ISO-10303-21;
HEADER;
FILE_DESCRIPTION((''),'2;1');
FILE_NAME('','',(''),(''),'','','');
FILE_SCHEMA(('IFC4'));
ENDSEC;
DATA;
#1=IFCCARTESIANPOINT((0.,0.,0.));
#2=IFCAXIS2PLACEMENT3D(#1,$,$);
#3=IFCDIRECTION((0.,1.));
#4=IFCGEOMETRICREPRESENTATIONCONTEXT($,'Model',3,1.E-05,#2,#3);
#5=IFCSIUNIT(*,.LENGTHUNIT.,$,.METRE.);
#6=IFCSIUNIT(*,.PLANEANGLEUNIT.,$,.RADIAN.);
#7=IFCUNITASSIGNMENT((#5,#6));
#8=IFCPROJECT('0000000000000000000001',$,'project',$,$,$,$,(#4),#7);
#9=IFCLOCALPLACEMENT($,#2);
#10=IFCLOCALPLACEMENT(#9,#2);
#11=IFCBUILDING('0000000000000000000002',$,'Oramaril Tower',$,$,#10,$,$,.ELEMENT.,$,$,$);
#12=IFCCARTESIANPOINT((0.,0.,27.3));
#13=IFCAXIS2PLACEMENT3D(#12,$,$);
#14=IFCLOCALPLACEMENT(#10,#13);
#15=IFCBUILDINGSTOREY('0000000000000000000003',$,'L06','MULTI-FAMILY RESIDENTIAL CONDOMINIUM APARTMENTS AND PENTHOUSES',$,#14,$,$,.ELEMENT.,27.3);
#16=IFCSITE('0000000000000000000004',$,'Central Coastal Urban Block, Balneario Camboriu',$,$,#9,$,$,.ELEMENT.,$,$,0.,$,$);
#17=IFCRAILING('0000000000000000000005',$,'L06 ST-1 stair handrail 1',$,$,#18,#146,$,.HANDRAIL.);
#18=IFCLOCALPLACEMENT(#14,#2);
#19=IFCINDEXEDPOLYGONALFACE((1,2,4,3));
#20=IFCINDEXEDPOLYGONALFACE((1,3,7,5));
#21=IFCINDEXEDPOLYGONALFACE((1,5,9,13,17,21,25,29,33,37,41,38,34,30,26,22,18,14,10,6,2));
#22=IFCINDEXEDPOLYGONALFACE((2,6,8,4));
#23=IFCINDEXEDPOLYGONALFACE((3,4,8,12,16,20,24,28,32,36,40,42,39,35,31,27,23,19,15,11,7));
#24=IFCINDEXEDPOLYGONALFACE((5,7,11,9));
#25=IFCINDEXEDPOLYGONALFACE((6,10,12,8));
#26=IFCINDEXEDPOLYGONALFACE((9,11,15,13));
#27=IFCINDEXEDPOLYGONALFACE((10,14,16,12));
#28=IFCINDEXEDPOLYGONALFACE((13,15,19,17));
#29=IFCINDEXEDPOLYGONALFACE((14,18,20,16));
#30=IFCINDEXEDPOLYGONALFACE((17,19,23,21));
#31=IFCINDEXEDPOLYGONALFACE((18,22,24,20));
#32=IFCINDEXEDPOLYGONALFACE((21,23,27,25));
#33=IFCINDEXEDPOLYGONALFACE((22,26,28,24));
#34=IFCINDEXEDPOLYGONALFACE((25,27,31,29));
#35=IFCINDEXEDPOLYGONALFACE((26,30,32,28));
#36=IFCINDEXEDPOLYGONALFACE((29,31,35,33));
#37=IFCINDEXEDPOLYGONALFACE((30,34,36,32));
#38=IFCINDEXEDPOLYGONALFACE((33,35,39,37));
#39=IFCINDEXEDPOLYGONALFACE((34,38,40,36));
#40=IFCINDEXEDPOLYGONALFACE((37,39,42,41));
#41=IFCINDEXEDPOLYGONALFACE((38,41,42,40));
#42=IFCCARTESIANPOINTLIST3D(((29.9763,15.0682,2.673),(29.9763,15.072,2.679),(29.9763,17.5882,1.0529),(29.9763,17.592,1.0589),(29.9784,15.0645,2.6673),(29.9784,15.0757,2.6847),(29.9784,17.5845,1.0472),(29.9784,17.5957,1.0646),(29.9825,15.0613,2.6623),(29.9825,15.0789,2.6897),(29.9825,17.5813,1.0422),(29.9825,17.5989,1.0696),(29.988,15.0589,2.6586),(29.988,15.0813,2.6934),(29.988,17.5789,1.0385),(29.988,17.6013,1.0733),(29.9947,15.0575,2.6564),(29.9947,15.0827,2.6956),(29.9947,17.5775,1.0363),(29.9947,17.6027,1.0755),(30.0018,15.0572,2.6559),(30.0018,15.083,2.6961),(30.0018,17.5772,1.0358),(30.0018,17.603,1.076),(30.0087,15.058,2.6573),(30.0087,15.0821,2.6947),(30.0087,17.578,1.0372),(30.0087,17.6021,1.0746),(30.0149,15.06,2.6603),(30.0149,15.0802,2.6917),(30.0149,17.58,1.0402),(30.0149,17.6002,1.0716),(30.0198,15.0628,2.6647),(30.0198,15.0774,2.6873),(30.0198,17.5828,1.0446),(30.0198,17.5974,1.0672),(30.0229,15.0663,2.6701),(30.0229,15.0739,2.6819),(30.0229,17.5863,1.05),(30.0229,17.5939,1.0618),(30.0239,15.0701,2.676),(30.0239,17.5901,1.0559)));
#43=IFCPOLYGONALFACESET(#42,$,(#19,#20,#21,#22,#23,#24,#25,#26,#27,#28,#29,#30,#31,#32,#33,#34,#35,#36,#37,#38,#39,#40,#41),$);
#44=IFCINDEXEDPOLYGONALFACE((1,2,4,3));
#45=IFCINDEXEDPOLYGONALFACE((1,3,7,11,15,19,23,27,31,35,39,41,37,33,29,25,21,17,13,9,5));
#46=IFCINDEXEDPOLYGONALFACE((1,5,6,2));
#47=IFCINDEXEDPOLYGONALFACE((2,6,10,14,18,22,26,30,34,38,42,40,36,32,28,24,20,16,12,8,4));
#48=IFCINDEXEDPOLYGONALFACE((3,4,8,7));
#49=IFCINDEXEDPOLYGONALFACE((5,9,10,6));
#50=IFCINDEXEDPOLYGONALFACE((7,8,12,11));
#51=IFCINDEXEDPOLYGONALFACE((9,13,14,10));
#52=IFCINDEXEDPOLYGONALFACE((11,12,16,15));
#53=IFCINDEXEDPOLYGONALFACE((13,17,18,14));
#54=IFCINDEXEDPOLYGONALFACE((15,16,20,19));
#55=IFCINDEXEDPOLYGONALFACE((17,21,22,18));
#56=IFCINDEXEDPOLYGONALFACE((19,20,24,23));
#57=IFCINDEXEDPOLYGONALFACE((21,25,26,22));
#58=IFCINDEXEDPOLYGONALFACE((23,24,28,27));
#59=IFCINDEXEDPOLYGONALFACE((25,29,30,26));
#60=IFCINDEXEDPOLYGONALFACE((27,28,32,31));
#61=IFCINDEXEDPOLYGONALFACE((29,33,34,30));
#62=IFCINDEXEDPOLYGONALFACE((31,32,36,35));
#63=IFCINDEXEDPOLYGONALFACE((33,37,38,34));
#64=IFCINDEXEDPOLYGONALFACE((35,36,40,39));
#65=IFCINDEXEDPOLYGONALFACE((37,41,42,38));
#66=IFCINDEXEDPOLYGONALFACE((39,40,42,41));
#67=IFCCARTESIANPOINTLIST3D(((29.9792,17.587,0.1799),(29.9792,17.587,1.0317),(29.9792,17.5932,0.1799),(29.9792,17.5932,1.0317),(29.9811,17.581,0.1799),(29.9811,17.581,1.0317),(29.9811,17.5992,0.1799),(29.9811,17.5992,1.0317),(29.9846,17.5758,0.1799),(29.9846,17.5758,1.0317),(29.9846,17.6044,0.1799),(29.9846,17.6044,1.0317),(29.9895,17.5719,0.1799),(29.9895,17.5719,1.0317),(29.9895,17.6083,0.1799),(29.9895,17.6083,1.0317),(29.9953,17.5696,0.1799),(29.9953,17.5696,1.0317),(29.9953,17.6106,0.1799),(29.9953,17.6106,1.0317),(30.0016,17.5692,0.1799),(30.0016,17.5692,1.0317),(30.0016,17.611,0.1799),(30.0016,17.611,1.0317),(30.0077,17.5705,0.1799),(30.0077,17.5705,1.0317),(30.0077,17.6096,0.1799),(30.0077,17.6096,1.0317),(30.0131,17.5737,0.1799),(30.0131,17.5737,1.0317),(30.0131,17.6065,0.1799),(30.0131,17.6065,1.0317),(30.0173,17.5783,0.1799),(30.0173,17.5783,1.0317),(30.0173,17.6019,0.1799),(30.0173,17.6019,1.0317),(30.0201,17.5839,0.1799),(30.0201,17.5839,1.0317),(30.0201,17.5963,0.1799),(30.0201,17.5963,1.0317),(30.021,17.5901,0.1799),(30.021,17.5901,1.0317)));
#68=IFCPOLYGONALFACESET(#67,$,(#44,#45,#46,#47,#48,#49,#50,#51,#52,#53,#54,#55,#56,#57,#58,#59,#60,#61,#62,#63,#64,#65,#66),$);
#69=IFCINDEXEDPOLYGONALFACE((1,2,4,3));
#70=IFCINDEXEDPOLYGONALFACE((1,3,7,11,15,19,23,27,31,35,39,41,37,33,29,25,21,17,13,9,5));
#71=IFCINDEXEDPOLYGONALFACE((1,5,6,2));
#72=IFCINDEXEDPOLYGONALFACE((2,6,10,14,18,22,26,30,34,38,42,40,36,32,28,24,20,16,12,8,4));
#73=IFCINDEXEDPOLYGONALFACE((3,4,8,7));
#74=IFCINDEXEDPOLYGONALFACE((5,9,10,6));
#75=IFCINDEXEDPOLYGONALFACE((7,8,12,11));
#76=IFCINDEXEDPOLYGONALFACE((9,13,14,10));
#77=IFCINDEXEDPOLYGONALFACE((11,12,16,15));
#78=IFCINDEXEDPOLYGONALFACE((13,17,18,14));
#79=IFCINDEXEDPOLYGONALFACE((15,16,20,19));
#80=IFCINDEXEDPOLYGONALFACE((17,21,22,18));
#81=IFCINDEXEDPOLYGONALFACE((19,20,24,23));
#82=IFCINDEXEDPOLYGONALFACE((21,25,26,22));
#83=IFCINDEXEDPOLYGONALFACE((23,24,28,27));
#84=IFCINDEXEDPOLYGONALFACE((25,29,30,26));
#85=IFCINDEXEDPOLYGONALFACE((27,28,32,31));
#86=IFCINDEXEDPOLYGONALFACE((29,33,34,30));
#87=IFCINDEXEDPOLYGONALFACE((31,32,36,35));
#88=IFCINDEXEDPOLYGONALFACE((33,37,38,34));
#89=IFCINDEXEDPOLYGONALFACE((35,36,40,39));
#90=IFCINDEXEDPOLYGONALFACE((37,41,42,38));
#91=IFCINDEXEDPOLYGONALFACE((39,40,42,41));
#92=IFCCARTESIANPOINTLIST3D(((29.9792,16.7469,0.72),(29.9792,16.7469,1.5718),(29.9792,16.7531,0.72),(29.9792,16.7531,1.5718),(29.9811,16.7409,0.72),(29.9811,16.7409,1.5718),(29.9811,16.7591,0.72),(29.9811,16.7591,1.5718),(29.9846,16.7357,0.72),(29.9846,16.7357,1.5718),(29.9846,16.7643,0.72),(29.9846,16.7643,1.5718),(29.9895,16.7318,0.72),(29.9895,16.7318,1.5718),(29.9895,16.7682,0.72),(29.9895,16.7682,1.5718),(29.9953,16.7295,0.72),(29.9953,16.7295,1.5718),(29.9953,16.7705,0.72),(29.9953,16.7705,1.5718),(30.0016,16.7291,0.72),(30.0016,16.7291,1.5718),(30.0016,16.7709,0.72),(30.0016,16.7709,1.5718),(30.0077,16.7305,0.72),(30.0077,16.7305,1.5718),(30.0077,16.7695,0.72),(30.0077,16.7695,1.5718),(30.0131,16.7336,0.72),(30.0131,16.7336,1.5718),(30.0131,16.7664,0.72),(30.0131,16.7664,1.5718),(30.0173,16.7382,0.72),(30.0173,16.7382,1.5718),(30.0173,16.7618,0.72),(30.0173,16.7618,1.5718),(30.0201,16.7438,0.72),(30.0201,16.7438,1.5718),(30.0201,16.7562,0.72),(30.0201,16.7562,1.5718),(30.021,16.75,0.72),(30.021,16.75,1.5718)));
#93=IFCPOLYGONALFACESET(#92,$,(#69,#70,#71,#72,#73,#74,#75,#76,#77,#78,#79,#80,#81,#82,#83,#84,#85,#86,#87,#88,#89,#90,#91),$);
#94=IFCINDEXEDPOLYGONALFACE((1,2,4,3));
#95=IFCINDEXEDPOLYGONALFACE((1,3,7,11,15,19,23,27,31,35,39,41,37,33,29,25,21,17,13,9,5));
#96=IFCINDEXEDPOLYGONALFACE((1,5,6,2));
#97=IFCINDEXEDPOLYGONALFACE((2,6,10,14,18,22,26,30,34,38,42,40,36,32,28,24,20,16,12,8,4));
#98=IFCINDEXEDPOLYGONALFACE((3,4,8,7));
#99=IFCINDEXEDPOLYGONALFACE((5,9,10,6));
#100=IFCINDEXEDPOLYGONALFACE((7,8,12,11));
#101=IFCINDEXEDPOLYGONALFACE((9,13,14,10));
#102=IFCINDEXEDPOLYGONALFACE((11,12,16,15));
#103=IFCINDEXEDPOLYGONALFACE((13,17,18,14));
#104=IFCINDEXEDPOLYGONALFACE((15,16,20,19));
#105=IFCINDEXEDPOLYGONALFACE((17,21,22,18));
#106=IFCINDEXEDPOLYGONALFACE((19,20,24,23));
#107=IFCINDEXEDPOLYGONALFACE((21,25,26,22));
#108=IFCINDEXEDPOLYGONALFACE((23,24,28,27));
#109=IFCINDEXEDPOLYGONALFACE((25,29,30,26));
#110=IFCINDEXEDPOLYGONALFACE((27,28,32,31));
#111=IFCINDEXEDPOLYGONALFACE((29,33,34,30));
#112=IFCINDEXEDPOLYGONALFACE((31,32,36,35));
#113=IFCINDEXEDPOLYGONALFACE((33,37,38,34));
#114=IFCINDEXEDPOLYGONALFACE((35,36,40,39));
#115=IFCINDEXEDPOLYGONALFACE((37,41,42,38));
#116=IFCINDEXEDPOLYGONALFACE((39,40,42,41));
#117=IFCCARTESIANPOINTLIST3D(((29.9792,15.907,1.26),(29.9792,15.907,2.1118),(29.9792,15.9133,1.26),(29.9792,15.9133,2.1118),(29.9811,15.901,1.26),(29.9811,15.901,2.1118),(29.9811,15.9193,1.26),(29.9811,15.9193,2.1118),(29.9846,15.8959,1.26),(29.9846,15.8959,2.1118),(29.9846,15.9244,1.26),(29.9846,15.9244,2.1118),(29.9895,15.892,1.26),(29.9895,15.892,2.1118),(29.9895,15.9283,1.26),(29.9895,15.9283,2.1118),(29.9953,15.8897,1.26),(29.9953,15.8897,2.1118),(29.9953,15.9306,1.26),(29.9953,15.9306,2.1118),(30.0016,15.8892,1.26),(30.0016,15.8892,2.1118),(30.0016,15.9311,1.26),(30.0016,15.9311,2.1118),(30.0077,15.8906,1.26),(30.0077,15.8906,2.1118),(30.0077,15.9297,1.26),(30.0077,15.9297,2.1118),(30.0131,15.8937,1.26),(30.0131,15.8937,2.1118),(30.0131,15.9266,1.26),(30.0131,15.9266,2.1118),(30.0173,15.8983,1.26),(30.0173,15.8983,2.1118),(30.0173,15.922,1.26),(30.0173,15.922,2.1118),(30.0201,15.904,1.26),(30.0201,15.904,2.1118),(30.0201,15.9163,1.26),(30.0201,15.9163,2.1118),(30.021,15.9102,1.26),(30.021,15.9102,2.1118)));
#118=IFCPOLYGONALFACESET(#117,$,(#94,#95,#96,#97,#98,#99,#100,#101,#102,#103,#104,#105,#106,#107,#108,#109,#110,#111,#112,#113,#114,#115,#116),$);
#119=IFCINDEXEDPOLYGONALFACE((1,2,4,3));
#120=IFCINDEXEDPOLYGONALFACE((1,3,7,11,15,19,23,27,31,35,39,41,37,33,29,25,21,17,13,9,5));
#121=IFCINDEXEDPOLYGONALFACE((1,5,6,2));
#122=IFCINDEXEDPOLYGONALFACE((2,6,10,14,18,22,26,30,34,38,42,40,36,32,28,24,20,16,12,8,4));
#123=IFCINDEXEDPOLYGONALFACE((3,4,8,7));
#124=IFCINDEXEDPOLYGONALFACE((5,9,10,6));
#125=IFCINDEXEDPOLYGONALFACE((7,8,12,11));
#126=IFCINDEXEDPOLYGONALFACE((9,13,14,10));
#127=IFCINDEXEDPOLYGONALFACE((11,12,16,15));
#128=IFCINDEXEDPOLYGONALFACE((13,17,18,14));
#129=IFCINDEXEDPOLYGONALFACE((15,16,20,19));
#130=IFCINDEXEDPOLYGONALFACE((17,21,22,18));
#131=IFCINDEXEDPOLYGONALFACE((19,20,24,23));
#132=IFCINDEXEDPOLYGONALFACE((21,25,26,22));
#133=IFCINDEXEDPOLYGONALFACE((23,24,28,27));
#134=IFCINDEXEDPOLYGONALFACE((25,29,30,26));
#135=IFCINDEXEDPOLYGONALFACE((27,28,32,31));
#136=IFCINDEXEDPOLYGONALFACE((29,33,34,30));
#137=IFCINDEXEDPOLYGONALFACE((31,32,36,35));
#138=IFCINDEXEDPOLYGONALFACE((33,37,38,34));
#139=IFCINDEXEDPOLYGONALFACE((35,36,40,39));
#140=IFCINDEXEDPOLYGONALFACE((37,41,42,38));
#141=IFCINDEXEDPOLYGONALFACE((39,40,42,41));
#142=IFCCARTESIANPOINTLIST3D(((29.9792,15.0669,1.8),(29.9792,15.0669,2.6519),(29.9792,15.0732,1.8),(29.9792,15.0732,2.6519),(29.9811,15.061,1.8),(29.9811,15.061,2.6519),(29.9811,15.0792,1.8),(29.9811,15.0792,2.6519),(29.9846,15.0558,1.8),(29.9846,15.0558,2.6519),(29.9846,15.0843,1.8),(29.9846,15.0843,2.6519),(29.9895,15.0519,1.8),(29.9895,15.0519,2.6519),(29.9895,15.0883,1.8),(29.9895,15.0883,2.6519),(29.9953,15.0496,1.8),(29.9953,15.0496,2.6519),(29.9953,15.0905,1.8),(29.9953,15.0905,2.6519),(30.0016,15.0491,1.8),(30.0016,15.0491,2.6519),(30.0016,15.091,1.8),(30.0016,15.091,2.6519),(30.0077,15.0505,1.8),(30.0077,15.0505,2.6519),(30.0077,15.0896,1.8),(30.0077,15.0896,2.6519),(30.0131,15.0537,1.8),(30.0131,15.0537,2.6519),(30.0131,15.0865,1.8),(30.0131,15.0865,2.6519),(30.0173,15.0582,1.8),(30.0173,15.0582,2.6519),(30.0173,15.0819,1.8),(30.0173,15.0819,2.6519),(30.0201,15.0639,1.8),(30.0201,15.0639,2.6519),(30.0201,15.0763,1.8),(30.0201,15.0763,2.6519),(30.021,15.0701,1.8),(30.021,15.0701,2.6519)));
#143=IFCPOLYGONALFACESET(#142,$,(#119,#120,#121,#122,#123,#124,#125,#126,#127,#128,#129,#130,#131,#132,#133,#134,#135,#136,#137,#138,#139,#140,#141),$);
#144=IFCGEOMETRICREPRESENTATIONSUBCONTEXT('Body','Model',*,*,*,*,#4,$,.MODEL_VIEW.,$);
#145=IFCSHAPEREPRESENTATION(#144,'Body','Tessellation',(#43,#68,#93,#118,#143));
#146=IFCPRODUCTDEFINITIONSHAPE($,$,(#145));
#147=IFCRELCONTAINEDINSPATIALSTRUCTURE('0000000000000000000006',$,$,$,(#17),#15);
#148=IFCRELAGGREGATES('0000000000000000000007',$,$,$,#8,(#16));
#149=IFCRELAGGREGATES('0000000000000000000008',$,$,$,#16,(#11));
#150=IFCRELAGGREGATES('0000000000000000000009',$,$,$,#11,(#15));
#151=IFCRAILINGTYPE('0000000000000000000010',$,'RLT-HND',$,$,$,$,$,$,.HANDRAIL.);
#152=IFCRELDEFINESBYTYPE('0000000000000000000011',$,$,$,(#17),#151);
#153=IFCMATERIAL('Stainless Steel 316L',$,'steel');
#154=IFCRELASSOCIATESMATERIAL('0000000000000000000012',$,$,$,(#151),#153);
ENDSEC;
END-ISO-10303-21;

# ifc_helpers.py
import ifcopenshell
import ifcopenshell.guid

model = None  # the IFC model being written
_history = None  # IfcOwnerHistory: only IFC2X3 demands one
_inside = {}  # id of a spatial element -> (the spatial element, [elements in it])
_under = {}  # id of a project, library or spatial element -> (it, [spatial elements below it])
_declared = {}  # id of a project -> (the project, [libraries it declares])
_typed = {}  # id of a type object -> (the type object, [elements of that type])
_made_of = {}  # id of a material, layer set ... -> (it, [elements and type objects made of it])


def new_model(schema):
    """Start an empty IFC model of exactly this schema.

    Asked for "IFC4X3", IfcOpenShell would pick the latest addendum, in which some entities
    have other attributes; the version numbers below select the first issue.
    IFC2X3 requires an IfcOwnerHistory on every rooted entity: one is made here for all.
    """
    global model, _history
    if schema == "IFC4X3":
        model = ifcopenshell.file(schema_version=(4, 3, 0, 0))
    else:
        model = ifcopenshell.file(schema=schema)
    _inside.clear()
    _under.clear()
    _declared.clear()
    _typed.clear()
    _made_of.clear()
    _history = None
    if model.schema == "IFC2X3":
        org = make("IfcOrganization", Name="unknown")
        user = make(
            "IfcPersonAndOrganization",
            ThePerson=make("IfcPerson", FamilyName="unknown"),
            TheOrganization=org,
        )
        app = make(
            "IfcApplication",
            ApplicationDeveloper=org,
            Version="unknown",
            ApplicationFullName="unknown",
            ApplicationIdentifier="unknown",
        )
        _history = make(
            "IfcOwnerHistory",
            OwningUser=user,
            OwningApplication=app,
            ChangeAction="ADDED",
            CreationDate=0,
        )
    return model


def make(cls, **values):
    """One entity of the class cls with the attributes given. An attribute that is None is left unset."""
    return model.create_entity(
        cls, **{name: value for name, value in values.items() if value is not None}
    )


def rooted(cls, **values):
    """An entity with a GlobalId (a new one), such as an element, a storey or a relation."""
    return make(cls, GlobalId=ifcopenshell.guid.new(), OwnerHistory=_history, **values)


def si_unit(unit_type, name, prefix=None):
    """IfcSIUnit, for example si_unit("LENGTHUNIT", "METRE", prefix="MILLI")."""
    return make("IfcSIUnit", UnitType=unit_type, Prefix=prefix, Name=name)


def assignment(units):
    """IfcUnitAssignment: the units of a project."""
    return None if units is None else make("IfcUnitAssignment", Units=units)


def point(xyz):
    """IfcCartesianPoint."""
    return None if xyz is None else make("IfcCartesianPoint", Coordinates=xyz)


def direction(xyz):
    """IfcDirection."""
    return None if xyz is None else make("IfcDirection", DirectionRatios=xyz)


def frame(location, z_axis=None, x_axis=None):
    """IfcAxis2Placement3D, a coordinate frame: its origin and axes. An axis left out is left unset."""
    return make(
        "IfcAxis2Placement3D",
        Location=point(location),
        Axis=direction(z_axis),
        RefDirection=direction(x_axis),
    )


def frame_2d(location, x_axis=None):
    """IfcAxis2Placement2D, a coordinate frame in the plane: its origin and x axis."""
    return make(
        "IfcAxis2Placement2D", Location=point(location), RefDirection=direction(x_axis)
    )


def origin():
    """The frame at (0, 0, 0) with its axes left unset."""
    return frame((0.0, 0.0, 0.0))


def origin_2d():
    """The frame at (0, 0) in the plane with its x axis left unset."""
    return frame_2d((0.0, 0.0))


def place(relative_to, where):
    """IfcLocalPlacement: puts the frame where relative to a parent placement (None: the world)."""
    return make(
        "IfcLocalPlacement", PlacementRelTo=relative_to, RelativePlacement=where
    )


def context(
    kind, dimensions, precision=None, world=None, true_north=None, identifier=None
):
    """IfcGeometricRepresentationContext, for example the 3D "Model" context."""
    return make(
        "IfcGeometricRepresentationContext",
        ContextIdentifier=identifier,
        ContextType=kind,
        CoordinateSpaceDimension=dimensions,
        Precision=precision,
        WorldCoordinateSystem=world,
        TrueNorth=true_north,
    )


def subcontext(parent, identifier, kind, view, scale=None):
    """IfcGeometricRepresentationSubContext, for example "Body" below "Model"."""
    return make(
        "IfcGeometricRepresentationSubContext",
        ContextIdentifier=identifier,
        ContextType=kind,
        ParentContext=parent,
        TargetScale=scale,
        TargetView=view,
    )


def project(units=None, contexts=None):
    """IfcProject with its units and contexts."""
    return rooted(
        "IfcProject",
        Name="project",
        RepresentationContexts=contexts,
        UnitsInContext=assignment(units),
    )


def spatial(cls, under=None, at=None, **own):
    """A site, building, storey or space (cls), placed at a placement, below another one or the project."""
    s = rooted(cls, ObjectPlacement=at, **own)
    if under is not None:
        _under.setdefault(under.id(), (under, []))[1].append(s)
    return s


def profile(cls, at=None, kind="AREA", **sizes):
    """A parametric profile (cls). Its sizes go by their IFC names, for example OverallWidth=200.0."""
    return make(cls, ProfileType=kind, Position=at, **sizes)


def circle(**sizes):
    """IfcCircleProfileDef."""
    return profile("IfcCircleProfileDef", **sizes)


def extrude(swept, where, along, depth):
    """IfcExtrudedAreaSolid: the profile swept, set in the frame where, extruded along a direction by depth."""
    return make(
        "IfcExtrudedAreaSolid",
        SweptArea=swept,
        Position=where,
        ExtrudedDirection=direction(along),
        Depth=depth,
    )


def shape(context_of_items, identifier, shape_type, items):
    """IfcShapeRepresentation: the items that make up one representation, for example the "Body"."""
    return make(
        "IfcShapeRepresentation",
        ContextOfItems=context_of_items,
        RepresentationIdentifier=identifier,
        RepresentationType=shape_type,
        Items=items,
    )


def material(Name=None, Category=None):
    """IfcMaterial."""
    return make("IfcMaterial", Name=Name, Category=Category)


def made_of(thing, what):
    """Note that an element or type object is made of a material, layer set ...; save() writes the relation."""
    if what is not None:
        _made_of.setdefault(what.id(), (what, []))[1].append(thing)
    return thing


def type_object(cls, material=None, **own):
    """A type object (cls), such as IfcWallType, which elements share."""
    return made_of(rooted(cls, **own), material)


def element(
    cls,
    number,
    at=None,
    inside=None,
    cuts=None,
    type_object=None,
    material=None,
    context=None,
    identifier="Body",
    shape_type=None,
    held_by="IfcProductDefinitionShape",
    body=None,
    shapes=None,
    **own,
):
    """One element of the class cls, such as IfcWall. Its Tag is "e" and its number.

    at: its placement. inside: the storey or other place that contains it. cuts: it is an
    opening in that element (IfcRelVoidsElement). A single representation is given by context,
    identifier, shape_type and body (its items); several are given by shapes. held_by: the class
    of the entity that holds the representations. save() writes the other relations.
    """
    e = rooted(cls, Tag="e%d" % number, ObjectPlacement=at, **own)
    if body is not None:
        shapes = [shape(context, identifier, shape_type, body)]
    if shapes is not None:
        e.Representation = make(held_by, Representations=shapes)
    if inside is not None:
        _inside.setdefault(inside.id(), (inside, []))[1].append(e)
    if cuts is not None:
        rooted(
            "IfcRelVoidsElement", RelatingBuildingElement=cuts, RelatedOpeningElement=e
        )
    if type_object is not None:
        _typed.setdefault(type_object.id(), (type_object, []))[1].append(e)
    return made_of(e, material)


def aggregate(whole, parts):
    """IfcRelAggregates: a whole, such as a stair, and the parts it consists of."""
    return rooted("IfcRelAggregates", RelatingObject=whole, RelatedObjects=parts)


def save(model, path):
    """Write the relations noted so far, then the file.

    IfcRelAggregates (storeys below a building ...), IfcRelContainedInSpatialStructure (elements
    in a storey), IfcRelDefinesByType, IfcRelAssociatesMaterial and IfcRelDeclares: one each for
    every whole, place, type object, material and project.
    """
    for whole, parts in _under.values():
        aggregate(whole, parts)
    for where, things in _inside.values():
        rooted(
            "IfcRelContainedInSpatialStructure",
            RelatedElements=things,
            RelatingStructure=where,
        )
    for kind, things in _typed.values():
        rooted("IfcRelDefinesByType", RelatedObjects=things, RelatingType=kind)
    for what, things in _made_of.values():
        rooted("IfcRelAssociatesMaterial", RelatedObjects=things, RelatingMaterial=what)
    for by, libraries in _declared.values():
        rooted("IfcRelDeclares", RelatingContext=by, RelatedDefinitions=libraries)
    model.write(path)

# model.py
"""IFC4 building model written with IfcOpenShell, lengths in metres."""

from ifc_helpers import new_model, si_unit, direction, frame, origin, origin_2d, place, context, subcontext, project, spatial, circle, extrude, material, type_object, element, save


model = new_model("IFC4")

# Units and contexts
model_context = context("Model", 3, precision=1e-05, world=origin(), true_north=direction((0.0, 1.0)))
body_context = subcontext(model_context, "Body", "Model", "MODEL_VIEW")
ifc_project = project(units=[si_unit("LENGTHUNIT", "METRE"), si_unit("PLANEANGLEUNIT", "RADIAN")], contexts=[model_context])

# Site, building, storey
site_placement = place(None, origin())
site = spatial("IfcSite", under=ifc_project, at=site_placement, Name="Central Coastal Urban Block, Balneario Camboriu", CompositionType="ELEMENT", RefElevation=0.0)
building_placement = place(site_placement, origin())
building = spatial("IfcBuilding", under=site, at=building_placement, Name="Oramaril Tower", CompositionType="ELEMENT")
storey_placement = place(building_placement, frame((0.0, 0.0, 27.3)))
storey = spatial("IfcBuildingStorey", under=building, at=storey_placement, Name="L06", Description="MULTI-FAMILY RESIDENTIAL CONDOMINIUM APARTMENTS AND PENTHOUSES", CompositionType="ELEMENT", Elevation=27.3)

# Railing
ifc_material_1 = material(Name="Stainless Steel 316L", Category="steel")
railing_type_1 = type_object("IfcRailingType", Name="RLT-HND", PredefinedType="HANDRAIL", material=ifc_material_1)
railing_1_placement = place(storey_placement, frame((30.0, 17.5901, 0.1799)))
element("IfcRailing", 1, at=railing_1_placement, inside=storey, type_object=railing_type_1, Name="L06 ST-1 stair handrail 1", PredefinedType="HANDRAIL", context=body_context, shape_type="SweptSolid", body=[
    extrude(circle(Radius=0.0239, at=origin_2d()), frame((0.0, 0.0, 0.876), z_axis=(0.0, -0.841163, 0.540782), x_axis=(1.0, 0.0, 0.0)), (0.0, 0.0, 1.0), 2.9958),
    extrude(circle(Radius=0.021, at=origin_2d()), origin(), (0.0, 0.0, 1.0), 0.8518),
    extrude(circle(Radius=0.021, at=origin_2d()), frame((0.0, -0.8401, 0.54)), (0.0, 0.0, 1.0), 0.8518),
    extrude(circle(Radius=0.021, at=origin_2d()), frame((0.0, -1.6799, 1.0801)), (0.0, 0.0, 1.0), 0.8518),
    extrude(circle(Radius=0.021, at=origin_2d()), frame((0.0, -2.52, 1.6201)), (0.0, 0.0, 1.0), 0.8518),
])

save(model, "model.ifc")
